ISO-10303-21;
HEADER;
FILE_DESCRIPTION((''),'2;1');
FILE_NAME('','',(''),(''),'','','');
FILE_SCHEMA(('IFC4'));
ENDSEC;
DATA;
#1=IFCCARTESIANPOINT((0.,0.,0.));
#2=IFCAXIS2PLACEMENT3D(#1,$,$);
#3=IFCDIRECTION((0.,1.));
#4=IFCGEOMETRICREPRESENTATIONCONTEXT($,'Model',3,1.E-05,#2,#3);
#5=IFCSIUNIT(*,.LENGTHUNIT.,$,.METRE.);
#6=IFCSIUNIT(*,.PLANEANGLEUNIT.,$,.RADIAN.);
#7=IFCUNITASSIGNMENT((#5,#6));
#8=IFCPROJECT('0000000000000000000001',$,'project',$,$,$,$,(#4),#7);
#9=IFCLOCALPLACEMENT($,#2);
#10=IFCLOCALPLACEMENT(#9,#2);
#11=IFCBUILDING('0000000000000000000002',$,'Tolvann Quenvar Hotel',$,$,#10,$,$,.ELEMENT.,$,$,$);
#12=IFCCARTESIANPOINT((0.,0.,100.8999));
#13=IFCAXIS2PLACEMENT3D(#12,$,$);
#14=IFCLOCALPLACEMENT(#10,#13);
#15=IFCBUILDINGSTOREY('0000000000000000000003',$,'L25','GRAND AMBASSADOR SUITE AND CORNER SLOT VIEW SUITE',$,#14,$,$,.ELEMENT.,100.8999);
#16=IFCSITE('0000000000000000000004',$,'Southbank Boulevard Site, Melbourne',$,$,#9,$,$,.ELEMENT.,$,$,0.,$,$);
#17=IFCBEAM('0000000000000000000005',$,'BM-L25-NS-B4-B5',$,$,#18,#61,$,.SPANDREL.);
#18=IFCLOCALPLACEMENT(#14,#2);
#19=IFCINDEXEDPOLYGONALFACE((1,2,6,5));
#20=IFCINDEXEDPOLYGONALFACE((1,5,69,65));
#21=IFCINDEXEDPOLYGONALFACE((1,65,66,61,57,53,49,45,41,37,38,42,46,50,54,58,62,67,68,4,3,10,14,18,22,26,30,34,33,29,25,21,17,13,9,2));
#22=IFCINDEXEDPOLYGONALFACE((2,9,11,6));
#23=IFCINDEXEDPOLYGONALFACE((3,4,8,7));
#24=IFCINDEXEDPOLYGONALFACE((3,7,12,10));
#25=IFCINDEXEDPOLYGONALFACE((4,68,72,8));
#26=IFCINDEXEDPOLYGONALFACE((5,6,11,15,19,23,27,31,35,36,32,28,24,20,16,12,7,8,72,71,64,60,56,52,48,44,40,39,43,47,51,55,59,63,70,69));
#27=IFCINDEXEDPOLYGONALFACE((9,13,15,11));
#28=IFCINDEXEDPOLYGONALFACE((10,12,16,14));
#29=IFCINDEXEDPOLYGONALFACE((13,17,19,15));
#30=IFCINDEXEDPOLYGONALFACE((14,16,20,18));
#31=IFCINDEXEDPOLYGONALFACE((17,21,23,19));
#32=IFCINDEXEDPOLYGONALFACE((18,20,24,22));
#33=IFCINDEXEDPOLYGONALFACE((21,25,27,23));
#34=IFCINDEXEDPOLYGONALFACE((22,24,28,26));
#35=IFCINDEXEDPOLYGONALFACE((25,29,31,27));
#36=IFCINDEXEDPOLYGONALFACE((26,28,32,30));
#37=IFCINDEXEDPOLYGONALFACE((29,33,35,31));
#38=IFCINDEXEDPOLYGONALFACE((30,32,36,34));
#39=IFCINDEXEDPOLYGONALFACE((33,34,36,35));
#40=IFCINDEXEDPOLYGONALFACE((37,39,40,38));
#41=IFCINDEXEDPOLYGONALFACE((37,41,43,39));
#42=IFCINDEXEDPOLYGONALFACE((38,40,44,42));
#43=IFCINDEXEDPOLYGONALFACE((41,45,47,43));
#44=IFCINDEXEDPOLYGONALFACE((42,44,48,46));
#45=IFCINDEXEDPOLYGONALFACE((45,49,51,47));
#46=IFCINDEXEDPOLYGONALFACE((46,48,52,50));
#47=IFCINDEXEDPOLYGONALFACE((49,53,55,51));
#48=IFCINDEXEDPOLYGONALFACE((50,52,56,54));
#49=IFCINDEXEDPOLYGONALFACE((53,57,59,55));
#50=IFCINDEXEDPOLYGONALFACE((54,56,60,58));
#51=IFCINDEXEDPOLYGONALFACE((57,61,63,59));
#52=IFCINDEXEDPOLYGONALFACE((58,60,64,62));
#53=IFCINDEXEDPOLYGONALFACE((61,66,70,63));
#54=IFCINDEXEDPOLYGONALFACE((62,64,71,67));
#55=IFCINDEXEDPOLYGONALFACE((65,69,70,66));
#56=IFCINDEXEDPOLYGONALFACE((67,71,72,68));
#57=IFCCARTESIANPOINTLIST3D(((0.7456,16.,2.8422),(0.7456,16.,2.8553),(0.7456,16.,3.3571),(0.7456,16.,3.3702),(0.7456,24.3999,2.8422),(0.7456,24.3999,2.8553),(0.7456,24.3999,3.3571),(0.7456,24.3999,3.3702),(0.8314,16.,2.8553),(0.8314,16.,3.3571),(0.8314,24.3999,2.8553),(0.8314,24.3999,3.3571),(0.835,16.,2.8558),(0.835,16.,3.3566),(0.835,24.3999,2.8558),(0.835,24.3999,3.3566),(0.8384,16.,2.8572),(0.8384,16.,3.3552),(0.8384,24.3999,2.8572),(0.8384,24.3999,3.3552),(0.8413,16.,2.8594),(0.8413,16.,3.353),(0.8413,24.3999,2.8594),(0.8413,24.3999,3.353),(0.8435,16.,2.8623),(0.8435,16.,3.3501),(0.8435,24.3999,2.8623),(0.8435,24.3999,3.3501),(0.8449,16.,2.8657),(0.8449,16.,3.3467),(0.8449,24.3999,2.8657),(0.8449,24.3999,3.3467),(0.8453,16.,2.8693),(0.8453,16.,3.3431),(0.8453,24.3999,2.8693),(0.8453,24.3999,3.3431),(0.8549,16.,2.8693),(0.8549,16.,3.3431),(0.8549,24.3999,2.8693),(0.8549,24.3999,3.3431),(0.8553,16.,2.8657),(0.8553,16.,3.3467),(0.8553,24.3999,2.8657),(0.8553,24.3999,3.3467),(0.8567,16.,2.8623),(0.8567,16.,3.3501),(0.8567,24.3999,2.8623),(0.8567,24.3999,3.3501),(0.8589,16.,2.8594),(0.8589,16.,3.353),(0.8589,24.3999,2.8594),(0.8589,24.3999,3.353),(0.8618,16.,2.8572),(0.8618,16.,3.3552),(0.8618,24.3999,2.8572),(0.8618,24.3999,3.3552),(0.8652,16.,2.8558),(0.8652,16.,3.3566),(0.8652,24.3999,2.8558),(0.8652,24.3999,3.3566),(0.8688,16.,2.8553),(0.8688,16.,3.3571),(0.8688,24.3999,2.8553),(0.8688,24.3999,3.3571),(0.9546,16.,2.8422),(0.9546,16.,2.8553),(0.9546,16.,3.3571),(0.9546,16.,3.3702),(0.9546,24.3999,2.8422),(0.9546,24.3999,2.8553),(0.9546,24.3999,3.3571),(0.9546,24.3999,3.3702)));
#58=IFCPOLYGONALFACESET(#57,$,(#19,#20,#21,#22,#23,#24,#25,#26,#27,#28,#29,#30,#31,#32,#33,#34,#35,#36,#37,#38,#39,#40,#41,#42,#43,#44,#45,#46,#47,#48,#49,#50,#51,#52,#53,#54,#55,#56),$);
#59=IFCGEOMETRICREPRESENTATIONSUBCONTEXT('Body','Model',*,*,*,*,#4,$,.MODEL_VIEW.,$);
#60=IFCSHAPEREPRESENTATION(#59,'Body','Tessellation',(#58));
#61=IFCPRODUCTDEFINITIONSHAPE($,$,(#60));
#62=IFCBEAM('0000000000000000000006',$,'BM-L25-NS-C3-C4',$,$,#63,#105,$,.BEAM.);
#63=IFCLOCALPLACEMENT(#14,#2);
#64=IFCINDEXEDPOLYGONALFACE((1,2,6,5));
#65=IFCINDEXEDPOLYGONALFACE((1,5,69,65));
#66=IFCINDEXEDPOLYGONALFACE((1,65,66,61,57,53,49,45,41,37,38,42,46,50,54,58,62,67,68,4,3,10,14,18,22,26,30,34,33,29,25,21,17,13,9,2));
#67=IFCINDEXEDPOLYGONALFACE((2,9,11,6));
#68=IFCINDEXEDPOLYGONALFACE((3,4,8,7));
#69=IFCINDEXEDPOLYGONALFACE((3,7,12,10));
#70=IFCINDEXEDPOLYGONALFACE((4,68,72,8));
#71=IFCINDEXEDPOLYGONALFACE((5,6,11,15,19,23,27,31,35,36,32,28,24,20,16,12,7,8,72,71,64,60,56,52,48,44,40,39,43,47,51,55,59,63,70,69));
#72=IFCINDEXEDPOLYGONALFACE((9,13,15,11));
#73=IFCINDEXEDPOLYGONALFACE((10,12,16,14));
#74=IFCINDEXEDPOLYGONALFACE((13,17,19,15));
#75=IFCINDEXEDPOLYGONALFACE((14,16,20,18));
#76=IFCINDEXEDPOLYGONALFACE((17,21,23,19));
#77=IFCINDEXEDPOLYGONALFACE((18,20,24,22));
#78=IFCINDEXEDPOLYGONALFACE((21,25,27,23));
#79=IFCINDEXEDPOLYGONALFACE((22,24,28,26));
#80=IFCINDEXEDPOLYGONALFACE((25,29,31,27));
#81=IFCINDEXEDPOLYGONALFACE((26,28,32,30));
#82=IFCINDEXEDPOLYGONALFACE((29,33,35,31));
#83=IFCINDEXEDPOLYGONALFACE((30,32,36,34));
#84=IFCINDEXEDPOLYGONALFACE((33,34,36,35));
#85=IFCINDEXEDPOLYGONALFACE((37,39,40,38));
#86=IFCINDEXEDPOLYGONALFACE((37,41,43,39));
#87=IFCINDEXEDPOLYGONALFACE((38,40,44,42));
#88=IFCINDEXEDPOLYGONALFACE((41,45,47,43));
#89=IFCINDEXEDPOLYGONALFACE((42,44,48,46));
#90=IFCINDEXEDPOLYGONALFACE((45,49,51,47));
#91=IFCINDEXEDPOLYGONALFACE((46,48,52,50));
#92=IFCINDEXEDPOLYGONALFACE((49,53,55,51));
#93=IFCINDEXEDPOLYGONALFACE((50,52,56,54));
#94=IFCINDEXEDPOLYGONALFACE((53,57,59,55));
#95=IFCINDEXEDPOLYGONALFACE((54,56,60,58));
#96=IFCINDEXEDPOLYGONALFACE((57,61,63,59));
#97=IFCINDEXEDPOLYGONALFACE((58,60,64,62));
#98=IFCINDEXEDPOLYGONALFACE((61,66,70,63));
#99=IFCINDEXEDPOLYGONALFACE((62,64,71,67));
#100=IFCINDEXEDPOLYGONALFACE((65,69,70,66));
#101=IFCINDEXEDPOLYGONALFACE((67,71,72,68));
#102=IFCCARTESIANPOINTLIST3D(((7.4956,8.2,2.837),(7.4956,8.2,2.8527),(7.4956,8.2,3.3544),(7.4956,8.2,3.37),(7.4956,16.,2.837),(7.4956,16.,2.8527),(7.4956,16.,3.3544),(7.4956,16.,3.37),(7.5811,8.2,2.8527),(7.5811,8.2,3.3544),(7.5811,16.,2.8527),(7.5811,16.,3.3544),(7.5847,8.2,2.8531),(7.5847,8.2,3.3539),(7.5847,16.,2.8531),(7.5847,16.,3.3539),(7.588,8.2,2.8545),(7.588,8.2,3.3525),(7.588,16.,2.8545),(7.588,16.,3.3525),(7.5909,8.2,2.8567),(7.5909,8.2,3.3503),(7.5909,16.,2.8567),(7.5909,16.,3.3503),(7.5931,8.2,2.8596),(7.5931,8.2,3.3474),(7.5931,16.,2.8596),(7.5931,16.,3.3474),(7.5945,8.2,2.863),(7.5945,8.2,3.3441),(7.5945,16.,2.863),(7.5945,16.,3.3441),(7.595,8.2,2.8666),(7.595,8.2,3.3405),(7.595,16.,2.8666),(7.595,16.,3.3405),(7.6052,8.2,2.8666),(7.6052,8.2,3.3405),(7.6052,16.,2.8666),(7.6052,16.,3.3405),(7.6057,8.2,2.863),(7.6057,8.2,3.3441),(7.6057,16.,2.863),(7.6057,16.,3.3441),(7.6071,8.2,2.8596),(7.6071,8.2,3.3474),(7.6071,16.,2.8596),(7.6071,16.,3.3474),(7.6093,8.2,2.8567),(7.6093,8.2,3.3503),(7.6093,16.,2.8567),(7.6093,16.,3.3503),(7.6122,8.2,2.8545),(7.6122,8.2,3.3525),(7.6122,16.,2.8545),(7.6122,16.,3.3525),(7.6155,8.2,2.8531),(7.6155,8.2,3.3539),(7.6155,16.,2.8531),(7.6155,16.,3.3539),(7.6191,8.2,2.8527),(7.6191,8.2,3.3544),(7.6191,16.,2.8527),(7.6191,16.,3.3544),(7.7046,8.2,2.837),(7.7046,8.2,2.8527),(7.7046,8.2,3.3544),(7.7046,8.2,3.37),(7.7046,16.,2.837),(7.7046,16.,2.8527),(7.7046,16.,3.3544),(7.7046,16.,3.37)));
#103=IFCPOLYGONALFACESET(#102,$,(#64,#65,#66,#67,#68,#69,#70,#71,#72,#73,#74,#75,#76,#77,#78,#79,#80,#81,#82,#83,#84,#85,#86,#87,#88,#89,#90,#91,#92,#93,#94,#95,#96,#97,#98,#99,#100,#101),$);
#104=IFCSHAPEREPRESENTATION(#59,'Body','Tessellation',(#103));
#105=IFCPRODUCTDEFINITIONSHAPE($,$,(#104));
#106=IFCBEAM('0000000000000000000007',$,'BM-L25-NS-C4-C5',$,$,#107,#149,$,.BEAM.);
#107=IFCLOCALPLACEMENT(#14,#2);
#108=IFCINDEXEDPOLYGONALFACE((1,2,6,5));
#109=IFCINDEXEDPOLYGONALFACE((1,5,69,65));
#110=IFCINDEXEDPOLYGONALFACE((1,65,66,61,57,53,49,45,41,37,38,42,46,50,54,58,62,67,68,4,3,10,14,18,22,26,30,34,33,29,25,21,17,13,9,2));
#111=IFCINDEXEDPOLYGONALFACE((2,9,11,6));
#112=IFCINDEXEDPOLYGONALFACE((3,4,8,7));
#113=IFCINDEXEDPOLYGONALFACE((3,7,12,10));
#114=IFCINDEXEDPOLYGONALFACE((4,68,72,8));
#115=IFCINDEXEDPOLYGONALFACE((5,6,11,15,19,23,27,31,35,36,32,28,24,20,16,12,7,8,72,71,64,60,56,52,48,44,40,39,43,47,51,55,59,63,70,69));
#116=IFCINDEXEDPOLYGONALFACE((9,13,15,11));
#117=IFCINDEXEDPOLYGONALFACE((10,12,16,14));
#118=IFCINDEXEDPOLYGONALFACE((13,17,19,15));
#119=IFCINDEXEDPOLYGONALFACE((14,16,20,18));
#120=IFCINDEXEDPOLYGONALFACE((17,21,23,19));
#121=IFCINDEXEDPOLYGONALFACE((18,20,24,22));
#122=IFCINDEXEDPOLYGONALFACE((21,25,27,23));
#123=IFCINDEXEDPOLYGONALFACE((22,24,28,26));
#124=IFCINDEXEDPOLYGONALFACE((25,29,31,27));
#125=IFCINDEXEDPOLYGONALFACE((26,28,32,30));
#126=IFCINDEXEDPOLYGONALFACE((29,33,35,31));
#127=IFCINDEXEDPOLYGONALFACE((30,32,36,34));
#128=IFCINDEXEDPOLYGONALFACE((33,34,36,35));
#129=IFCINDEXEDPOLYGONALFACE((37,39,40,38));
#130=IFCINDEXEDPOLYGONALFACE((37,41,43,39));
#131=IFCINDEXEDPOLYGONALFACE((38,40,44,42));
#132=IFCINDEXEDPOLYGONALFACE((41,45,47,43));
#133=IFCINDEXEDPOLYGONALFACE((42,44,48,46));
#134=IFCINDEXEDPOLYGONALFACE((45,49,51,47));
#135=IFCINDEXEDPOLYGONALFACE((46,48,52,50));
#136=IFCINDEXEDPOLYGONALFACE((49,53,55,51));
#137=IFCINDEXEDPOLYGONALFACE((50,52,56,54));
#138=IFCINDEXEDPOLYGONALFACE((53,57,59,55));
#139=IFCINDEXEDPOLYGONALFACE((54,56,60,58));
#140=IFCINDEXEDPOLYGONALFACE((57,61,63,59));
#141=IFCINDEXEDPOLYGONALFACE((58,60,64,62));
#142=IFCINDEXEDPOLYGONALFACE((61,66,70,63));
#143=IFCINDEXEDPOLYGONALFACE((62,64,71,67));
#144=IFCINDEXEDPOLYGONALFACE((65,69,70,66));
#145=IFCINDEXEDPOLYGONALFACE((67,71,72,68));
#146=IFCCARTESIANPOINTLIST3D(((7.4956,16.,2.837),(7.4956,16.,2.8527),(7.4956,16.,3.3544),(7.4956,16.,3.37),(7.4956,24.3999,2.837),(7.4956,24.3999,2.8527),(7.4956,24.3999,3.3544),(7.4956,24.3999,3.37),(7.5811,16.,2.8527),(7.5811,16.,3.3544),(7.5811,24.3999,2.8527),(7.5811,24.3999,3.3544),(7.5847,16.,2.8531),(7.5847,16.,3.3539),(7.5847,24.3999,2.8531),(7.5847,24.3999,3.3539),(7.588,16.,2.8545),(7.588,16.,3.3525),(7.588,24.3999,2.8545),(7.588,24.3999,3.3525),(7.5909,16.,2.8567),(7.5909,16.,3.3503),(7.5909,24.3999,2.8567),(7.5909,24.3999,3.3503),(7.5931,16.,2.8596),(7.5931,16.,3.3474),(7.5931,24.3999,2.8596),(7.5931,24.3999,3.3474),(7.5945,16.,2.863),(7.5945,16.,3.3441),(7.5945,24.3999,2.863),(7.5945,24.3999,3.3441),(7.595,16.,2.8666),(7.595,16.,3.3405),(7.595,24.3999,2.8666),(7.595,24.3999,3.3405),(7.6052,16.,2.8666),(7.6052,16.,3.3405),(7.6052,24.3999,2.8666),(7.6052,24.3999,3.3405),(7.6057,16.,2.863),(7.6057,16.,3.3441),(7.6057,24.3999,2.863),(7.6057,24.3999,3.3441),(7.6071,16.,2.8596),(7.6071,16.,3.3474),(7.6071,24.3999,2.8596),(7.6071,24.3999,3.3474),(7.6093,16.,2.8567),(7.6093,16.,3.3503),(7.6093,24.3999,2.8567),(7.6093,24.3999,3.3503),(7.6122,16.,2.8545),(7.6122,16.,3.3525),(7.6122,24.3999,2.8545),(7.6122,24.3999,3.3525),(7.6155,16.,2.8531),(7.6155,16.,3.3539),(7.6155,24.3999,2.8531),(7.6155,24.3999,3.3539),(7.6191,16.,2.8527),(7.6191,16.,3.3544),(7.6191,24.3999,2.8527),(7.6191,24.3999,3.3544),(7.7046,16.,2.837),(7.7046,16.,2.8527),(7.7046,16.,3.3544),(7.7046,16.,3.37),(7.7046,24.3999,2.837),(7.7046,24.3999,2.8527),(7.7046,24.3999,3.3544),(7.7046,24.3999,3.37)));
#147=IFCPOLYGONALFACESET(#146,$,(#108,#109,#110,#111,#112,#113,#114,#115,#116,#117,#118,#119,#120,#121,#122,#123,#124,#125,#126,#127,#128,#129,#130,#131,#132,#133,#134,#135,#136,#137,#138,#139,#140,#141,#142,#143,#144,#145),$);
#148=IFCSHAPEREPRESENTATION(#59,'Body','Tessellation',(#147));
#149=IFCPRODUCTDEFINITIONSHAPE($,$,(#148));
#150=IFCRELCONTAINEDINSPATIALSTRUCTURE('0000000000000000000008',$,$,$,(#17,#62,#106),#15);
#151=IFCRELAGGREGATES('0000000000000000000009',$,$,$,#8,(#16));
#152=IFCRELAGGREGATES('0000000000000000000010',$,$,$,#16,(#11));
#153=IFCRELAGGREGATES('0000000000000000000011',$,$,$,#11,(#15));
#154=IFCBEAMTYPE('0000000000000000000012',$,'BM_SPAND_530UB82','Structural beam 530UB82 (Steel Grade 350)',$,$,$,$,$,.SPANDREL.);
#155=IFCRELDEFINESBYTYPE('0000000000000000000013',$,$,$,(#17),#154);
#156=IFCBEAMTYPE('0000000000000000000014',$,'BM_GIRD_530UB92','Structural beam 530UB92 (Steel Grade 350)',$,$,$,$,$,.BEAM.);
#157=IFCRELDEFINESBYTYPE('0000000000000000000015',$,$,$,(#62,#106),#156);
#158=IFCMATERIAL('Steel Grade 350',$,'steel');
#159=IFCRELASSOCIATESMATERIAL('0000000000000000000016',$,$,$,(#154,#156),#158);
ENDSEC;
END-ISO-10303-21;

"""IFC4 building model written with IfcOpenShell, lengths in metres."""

from ifc_helpers import new_model, si_unit, direction, frame, origin, origin_2d, place, context, subcontext, project, spatial, i_section, extrude, source, transform, mapped, material, material_profile, profile_set, type_object, type_shapes, element, save


model = new_model("IFC4")

# Units and contexts
model_context = context("Model", 3, precision=1e-05, world=origin(), true_north=direction((0.0, 1.0)))
body_context = subcontext(model_context, "Body", "Model", "MODEL_VIEW")
ifc_project = project(units=[si_unit("LENGTHUNIT", "METRE"), si_unit("PLANEANGLEUNIT", "RADIAN")], contexts=[model_context])

# Site, building, storey
site_placement = place(None, origin())
site = spatial("IfcSite", under=ifc_project, at=site_placement, Name="Southbank Boulevard Site, Melbourne", CompositionType="ELEMENT", RefElevation=0.0)
building_placement = place(site_placement, origin())
building = spatial("IfcBuilding", under=site, at=building_placement, Name="Tolvann Quenvar Hotel", CompositionType="ELEMENT")
storey_placement = place(building_placement, frame((0.0, 0.0, 100.8999)))
storey = spatial("IfcBuildingStorey", under=building, at=storey_placement, Name="L25", Description="GRAND AMBASSADOR SUITE AND CORNER SLOT VIEW SUITE", CompositionType="ELEMENT", Elevation=100.8999)

# Shared definitions
ifc_material_1 = material(Name="Steel Grade 350", Category="steel")

# Beams
ifc_material_profile_1 = material_profile(ifc_material_1, i_section(OverallWidth=0.209, OverallDepth=0.5281, WebThickness=0.0095, FlangeThickness=0.0132, FilletRadius=0.0139, at=origin_2d()), Name="530UB82")
ifc_profile_set_1 = profile_set([ifc_material_profile_1], Name="Steel Grade 350")
beam_type_1 = type_object("IfcBeamType", Name="BM_SPAND_530UB82", Description="Structural beam 530UB82 (Steel Grade 350)", PredefinedType="SPANDREL", material=ifc_profile_set_1)
shared_shape_1 = source(origin(), body_context, "Body", "SweptSolid", [
    extrude(i_section(OverallWidth=0.209, OverallDepth=0.5281, WebThickness=0.0095, FlangeThickness=0.0132, FilletRadius=0.0139, at=origin_2d()), origin(), (0.0, 0.0, 1.0), 8.3999),
])
type_shapes(beam_type_1, [shared_shape_1])
beam_1_placement = place(storey_placement, frame((0.8501, 16.0, 3.1062), z_axis=(0.0, 1.0, 0.0), x_axis=(-1.0, 0.0, 0.0)))
element("IfcBeam", 1, at=beam_1_placement, inside=storey, type_object=beam_type_1, Name="BM-L25-NS-B4-B5", PredefinedType="SPANDREL", context=body_context, shape_type="MappedRepresentation", body=[
    mapped(shared_shape_1, transform((0.0, 0.0, 0.0), x_axis=(1.0, 0.0, 0.0), y_axis=(0.0, 1.0, 0.0), z_axis=(0.0, 0.0, 1.0), scale=1.0)),
])
ifc_material_profile_2 = material_profile(ifc_material_1, i_section(OverallWidth=0.209, OverallDepth=0.533, WebThickness=0.0103, FlangeThickness=0.0156, FilletRadius=0.0139, at=origin_2d()), Name="530UB92")
ifc_profile_set_2 = profile_set([ifc_material_profile_2], Name="Steel Grade 350")
beam_type_2 = type_object("IfcBeamType", Name="BM_GIRD_530UB92", Description="Structural beam 530UB92 (Steel Grade 350)", PredefinedType="BEAM", material=ifc_profile_set_2)
shared_shape_2 = source(origin(), body_context, "Body", "SweptSolid", [
    extrude(i_section(OverallWidth=0.209, OverallDepth=0.533, WebThickness=0.0103, FlangeThickness=0.0156, FilletRadius=0.0139, at=origin_2d()), origin(), (0.0, 0.0, 1.0), 7.8),
])
beam_2_placement = place(storey_placement, frame((7.6001, 8.2, 3.1035), z_axis=(0.0, 1.0, 0.0), x_axis=(-1.0, 0.0, 0.0)))
element("IfcBeam", 2, at=beam_2_placement, inside=storey, type_object=beam_type_2, Name="BM-L25-NS-C3-C4", PredefinedType="BEAM", context=body_context, shape_type="MappedRepresentation", body=[
    mapped(shared_shape_2, transform((0.0, 0.0, 0.0), x_axis=(1.0, 0.0, 0.0), y_axis=(0.0, 1.0, 0.0), z_axis=(0.0, 0.0, 1.0), scale=1.0)),
])
shared_shape_3 = source(origin(), body_context, "Body", "SweptSolid", [
    extrude(i_section(OverallWidth=0.209, OverallDepth=0.533, WebThickness=0.0103, FlangeThickness=0.0156, FilletRadius=0.0139, at=origin_2d()), origin(), (0.0, 0.0, 1.0), 8.3999),
])
type_shapes(beam_type_2, [shared_shape_2, shared_shape_3])
beam_3_placement = place(storey_placement, frame((7.6001, 16.0, 3.1035), z_axis=(0.0, 1.0, 0.0), x_axis=(-1.0, 0.0, 0.0)))
element("IfcBeam", 3, at=beam_3_placement, inside=storey, type_object=beam_type_2, Name="BM-L25-NS-C4-C5", PredefinedType="BEAM", context=body_context, shape_type="MappedRepresentation", body=[
    mapped(shared_shape_3, transform((0.0, 0.0, 0.0), x_axis=(1.0, 0.0, 0.0), y_axis=(0.0, 1.0, 0.0), z_axis=(0.0, 0.0, 1.0), scale=1.0)),
])

save(model, "model.ifc")
